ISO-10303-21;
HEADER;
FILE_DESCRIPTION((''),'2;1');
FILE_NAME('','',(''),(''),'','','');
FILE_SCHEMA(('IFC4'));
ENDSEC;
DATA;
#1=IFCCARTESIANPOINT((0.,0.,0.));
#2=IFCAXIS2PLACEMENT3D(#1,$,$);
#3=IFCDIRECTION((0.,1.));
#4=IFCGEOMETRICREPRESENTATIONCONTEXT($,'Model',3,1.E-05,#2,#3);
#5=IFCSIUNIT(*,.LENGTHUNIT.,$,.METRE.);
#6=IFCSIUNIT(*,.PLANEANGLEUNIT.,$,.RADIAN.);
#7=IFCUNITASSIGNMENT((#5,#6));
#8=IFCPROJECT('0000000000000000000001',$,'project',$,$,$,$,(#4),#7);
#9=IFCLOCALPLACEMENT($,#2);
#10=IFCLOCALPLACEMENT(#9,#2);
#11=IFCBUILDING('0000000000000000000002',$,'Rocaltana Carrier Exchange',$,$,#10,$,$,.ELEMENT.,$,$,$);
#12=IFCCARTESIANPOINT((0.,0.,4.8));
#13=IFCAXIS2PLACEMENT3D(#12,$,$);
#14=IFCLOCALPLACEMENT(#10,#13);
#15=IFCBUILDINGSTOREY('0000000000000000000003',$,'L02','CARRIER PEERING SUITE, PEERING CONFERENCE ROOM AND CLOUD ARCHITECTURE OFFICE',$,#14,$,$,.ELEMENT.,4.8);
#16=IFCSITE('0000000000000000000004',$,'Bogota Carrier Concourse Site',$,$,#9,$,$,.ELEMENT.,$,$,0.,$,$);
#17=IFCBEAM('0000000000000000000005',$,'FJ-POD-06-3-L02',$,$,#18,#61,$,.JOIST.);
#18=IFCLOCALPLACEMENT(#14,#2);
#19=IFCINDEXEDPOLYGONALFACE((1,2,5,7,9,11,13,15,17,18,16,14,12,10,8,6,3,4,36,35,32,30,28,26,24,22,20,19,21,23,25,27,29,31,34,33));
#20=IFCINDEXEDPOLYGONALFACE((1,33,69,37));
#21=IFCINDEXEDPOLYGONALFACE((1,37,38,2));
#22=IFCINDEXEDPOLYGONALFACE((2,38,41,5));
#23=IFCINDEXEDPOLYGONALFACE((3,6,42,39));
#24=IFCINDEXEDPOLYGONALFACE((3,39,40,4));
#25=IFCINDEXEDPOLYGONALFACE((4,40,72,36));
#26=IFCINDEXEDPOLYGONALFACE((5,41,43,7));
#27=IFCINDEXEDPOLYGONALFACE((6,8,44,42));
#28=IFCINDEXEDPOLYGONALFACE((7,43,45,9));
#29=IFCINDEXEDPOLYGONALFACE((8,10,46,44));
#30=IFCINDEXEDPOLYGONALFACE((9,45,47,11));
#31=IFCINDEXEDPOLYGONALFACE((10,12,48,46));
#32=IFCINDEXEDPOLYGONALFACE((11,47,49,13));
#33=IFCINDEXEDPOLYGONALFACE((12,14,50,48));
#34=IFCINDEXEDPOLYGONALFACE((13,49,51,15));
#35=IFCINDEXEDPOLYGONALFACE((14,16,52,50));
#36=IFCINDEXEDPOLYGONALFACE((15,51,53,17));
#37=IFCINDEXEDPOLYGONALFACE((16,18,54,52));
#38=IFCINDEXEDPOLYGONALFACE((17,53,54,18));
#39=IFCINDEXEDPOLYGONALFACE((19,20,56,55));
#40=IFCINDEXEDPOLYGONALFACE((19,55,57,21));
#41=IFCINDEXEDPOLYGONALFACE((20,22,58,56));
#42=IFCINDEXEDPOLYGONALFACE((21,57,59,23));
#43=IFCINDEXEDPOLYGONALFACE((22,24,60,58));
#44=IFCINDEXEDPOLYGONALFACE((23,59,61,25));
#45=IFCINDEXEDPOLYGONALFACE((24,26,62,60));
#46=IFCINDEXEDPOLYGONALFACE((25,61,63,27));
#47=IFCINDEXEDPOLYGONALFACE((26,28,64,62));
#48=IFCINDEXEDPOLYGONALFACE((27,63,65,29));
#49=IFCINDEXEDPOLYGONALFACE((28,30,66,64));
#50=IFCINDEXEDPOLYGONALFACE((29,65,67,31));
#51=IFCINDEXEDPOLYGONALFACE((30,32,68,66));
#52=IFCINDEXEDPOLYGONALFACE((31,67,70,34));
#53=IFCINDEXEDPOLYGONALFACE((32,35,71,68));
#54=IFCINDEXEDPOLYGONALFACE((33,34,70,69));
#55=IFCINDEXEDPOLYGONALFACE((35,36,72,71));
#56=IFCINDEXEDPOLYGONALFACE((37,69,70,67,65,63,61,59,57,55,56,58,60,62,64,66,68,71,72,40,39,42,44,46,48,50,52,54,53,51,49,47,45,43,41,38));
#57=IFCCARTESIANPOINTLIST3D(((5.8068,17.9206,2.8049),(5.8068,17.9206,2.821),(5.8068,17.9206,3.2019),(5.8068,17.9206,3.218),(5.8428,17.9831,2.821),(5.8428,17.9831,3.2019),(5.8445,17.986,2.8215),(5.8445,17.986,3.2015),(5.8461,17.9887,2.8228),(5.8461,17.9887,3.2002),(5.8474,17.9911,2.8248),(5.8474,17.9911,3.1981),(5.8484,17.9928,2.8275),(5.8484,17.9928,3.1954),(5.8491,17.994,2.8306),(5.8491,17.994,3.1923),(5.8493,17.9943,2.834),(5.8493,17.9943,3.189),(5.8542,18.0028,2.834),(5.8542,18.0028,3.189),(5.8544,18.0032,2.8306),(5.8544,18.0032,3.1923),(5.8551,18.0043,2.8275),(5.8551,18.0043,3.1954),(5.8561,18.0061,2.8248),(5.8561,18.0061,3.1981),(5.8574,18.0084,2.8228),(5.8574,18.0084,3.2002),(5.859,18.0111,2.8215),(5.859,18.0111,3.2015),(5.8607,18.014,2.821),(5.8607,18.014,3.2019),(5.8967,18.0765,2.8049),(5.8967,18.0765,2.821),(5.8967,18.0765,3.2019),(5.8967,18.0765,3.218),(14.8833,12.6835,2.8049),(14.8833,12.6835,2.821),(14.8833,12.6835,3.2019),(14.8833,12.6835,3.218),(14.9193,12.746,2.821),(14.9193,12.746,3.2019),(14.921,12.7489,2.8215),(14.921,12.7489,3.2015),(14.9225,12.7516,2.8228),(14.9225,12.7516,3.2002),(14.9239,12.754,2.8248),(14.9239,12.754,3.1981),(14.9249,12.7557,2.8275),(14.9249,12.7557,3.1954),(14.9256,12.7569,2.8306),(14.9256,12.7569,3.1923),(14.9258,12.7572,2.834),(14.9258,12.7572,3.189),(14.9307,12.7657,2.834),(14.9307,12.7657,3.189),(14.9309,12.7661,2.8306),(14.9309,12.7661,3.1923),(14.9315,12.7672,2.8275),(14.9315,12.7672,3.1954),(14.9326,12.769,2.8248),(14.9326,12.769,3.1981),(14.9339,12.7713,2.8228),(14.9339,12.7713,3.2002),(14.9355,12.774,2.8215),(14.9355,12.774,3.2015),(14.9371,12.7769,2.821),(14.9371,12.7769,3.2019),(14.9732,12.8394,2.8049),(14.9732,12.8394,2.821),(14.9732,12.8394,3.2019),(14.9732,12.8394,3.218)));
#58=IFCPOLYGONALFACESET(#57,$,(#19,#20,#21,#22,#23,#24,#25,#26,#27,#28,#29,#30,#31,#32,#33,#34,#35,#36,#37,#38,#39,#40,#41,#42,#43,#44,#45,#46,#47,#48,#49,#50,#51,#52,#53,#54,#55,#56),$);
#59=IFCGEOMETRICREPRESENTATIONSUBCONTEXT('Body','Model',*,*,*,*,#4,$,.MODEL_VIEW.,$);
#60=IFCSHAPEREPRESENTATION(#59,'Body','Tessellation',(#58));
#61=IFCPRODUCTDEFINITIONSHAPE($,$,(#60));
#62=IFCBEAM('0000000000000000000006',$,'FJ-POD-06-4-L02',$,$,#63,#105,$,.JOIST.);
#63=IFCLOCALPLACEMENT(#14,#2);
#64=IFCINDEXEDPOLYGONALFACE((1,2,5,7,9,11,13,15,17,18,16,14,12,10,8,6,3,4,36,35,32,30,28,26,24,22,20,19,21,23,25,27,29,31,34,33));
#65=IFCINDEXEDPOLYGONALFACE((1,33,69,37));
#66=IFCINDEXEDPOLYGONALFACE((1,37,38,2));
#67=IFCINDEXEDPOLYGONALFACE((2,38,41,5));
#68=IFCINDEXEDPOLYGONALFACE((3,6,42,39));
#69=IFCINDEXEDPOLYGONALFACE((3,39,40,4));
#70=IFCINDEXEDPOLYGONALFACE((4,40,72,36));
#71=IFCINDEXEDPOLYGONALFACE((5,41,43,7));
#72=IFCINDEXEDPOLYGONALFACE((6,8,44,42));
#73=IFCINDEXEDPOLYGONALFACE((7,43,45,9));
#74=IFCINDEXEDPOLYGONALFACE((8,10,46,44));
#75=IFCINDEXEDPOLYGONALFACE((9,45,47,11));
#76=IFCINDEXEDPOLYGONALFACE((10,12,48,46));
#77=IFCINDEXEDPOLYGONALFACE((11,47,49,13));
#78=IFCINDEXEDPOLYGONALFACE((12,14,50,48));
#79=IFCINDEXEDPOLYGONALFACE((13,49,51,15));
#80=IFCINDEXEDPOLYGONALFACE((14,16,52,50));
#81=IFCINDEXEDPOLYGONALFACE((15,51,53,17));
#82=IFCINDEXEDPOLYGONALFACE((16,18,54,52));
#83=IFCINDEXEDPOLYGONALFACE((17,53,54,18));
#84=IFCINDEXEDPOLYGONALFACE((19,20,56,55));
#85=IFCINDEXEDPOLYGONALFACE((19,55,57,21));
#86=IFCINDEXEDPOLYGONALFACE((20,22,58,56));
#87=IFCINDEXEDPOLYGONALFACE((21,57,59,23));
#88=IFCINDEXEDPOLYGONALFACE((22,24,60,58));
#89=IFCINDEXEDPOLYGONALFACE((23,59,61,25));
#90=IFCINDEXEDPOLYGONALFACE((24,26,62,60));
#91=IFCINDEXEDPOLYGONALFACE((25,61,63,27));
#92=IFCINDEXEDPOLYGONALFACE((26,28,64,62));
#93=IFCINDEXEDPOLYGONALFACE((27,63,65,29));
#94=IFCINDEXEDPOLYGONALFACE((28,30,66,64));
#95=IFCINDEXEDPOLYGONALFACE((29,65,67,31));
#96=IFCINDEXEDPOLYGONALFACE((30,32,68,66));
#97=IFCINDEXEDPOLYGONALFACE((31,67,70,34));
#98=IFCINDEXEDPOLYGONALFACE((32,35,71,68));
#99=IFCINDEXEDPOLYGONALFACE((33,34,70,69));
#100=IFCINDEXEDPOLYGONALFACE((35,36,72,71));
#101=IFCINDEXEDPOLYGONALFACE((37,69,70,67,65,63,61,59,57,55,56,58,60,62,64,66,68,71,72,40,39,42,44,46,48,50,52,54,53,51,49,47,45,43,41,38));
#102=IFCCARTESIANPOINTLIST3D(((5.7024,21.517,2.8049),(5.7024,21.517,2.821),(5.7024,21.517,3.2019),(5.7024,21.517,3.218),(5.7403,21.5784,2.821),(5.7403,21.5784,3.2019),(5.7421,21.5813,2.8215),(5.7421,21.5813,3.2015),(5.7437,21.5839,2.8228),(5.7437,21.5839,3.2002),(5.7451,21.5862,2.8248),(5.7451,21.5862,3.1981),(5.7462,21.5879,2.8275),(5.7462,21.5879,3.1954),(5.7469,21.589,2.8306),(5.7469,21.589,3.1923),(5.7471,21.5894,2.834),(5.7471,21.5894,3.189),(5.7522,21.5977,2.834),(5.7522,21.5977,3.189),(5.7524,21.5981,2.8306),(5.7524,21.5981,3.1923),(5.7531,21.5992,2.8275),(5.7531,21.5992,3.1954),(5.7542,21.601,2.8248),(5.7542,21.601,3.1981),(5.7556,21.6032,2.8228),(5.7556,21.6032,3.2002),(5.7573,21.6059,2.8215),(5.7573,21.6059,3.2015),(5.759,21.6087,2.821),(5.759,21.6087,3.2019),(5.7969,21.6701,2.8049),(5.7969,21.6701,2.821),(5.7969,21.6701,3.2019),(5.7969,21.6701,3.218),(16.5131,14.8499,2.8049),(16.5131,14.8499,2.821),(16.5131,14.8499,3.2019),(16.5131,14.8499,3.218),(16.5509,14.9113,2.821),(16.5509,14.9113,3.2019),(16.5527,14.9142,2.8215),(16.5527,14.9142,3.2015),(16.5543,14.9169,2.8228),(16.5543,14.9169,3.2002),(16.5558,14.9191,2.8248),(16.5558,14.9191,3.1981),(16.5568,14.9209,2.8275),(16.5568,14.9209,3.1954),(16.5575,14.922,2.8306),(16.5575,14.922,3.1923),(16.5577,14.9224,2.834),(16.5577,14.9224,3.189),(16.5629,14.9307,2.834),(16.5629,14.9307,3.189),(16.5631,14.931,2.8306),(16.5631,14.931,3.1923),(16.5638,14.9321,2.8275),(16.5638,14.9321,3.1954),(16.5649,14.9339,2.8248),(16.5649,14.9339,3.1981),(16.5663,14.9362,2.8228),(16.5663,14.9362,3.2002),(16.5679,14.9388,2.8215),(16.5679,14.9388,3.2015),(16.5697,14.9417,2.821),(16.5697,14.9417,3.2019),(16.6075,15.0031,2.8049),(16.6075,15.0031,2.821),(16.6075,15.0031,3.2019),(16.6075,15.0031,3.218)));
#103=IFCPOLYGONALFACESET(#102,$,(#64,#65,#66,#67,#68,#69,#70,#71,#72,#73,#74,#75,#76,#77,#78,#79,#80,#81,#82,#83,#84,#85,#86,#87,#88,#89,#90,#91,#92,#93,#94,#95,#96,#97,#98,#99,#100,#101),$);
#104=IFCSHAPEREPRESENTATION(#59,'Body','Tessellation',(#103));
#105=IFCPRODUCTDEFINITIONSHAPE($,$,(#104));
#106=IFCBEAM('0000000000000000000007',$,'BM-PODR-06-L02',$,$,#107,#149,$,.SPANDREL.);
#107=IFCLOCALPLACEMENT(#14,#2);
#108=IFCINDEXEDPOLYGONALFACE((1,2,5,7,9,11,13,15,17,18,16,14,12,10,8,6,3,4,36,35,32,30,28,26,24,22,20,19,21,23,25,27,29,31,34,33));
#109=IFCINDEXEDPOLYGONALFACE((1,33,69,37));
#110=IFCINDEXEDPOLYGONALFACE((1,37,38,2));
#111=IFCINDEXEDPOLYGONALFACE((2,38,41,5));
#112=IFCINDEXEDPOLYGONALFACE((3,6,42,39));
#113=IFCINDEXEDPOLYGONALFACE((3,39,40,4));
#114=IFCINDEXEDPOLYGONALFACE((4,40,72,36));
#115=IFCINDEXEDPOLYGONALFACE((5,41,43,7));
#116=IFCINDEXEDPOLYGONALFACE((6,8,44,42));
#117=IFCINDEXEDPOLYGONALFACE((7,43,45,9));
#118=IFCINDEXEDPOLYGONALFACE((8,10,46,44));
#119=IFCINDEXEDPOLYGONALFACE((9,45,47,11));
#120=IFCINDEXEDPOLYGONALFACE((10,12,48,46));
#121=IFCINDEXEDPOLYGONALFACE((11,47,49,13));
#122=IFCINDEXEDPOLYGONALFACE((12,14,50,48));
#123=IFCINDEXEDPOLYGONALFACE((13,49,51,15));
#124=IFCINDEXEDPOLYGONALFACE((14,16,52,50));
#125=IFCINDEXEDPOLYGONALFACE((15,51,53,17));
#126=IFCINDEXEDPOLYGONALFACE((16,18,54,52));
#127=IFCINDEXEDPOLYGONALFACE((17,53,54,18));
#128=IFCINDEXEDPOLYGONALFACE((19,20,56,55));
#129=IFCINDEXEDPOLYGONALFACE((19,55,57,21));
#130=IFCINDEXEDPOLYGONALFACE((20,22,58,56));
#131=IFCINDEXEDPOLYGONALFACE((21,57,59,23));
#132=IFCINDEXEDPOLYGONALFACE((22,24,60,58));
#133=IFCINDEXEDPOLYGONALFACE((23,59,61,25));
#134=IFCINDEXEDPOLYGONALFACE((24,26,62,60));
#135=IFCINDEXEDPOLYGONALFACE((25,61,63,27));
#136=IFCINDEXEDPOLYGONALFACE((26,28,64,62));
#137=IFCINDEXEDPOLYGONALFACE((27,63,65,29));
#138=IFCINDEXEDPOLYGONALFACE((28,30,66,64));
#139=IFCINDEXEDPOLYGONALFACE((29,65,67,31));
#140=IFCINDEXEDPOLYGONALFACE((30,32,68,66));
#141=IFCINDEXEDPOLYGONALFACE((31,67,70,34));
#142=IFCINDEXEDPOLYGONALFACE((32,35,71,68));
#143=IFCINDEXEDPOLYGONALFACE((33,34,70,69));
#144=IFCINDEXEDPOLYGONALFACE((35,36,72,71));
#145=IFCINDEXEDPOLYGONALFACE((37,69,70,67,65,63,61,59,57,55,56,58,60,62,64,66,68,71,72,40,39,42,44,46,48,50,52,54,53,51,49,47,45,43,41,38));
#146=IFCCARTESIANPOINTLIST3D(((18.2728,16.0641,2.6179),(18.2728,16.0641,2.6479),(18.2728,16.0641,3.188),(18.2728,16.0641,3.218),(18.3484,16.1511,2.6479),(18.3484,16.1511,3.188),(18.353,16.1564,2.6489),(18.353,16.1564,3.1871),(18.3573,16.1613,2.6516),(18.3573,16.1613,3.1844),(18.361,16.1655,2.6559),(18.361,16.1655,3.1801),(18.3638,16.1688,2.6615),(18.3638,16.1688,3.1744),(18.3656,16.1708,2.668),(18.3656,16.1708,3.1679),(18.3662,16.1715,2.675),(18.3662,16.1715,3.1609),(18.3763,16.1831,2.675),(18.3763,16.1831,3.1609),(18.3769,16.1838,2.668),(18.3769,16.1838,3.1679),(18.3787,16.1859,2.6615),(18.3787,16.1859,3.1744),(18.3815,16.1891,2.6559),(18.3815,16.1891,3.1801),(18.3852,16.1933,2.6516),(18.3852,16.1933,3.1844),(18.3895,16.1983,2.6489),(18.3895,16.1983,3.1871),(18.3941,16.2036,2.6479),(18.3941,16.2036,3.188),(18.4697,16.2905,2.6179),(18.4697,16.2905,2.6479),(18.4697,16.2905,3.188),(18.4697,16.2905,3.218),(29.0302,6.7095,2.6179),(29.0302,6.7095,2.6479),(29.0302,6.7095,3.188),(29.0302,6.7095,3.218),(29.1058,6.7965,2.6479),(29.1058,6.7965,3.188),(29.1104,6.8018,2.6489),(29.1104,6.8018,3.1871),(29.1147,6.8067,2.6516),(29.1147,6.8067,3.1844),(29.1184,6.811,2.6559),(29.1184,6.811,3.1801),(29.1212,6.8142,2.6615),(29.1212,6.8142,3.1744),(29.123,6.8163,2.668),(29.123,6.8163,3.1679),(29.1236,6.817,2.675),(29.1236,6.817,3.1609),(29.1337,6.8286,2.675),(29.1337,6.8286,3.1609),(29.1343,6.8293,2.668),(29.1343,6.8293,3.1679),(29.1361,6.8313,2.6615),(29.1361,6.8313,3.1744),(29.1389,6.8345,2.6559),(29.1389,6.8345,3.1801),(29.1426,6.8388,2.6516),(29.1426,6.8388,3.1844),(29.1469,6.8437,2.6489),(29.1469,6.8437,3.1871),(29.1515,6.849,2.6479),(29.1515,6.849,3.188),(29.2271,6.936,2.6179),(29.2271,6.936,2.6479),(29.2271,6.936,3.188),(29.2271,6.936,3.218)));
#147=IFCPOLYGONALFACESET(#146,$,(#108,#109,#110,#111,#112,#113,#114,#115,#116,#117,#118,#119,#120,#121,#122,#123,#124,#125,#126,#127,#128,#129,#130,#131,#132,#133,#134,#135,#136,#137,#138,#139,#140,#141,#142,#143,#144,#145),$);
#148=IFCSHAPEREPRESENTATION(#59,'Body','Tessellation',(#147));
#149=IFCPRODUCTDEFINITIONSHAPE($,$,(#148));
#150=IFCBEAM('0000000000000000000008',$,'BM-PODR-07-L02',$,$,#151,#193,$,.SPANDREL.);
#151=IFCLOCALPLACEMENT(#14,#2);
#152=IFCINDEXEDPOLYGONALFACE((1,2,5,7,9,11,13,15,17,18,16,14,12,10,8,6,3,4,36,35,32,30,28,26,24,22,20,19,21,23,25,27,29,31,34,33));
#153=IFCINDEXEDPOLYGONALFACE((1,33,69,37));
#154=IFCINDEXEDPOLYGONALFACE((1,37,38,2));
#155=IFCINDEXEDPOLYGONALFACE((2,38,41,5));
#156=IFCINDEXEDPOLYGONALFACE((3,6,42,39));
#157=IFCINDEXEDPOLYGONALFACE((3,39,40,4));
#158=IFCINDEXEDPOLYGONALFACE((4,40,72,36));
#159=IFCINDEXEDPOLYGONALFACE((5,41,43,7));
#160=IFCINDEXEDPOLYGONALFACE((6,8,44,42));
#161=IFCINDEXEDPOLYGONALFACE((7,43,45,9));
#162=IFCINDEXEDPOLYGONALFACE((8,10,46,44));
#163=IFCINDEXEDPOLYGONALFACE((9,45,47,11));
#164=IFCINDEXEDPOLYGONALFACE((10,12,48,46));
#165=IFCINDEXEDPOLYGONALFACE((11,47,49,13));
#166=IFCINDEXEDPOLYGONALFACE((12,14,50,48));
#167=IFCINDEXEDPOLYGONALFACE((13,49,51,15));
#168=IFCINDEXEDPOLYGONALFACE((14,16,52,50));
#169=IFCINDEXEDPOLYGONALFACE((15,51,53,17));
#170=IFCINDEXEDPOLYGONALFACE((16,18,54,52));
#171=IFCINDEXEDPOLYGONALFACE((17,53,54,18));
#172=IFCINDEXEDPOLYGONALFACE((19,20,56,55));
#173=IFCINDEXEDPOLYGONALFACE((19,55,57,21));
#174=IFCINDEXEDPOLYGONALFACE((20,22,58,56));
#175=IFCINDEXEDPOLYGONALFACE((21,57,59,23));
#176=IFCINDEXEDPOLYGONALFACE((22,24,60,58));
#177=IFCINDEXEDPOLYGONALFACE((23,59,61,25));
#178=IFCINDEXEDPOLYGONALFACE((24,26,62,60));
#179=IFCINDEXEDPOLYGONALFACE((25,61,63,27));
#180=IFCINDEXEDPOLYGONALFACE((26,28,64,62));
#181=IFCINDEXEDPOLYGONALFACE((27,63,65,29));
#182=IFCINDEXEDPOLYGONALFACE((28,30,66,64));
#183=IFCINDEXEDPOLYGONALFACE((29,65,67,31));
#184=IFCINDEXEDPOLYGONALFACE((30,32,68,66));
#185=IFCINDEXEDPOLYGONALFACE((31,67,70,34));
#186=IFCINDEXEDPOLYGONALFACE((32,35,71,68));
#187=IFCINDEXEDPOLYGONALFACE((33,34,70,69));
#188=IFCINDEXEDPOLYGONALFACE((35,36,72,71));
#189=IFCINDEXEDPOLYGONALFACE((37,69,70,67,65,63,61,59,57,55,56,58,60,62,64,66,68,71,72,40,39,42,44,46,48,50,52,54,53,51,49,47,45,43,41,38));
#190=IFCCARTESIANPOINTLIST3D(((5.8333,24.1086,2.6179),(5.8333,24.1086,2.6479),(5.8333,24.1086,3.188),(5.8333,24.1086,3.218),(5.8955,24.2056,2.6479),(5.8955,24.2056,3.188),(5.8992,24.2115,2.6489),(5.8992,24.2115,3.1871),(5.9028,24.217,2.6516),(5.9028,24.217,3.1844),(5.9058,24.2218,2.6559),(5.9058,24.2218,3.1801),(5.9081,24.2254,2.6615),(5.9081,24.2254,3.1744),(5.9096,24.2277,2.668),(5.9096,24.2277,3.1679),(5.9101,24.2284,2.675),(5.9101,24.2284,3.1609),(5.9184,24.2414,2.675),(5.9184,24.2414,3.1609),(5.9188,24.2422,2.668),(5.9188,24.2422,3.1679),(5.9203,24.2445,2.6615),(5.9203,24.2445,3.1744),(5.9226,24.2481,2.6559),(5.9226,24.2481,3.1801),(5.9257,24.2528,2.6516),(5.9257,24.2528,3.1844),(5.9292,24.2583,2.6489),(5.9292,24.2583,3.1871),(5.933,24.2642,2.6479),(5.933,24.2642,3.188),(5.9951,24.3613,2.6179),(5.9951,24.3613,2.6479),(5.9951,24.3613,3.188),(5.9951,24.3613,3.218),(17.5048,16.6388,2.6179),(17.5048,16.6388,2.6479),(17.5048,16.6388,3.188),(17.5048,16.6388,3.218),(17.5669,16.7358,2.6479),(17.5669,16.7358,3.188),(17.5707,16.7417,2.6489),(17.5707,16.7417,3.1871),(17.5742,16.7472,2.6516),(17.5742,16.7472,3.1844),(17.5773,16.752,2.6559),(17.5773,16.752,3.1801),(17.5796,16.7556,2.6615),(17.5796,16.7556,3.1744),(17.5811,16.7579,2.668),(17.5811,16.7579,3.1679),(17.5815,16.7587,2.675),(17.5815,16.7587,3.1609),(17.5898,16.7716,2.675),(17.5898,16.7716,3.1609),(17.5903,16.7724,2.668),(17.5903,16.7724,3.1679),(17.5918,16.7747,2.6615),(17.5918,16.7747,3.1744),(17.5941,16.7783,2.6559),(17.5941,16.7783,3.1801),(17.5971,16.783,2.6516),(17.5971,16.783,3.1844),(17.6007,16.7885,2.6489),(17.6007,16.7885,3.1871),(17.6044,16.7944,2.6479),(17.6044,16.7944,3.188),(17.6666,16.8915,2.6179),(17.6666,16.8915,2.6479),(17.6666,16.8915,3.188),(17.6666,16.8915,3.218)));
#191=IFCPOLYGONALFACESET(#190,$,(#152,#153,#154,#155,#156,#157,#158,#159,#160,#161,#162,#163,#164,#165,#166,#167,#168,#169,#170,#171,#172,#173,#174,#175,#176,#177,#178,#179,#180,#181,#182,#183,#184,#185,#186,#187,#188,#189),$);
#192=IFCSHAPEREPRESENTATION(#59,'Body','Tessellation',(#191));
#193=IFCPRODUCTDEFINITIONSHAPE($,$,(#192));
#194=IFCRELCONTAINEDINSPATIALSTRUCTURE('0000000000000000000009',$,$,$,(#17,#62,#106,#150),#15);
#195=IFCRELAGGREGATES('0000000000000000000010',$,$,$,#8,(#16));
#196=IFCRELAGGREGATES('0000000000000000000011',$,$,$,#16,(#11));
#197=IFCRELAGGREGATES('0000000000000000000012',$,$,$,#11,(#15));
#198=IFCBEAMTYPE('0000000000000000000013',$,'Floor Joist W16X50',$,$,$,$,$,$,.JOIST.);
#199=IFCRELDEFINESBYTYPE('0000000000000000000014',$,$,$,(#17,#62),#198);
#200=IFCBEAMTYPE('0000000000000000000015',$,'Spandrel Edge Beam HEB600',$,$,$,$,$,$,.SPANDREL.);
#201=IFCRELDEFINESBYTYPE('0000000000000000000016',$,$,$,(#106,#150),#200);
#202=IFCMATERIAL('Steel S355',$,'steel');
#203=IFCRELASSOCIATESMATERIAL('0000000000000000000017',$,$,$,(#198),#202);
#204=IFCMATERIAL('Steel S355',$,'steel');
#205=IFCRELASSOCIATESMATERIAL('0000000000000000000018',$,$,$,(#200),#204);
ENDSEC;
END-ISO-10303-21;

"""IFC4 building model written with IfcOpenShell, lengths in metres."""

from ifc_helpers import new_model, si_unit, direction, frame, origin, origin_2d, place, context, subcontext, project, spatial, i_section, extrude, material, material_profile, profile_set, type_object, element, save


model = new_model("IFC4")

# Units and contexts
model_context = context("Model", 3, precision=1e-05, world=origin(), true_north=direction((0.0, 1.0)))
body_context = subcontext(model_context, "Body", "Model", "MODEL_VIEW")
ifc_project = project(units=[si_unit("LENGTHUNIT", "METRE"), si_unit("PLANEANGLEUNIT", "RADIAN")], contexts=[model_context])

# Site, building, storey
site_placement = place(None, origin())
site = spatial("IfcSite", under=ifc_project, at=site_placement, Name="Bogota Carrier Concourse Site", CompositionType="ELEMENT", RefElevation=0.0)
building_placement = place(site_placement, origin())
building = spatial("IfcBuilding", under=site, at=building_placement, Name="Rocaltana Carrier Exchange", CompositionType="ELEMENT")
storey_placement = place(building_placement, frame((0.0, 0.0, 4.8)))
storey = spatial("IfcBuildingStorey", under=building, at=storey_placement, Name="L02", Description="CARRIER PEERING SUITE, PEERING CONFERENCE ROOM AND CLOUD ARCHITECTURE OFFICE", CompositionType="ELEMENT", Elevation=4.8)

# Beams
ifc_material_1 = material(Name="Steel S355", Category="steel")
ifc_material_profile_1 = material_profile(ifc_material_1, i_section(OverallWidth=0.1799, OverallDepth=0.4131, WebThickness=0.0098, FlangeThickness=0.0161, FilletRadius=0.0129, at=origin_2d()), Name="W16X50")
ifc_profile_set_1 = profile_set([ifc_material_profile_1], Name="Steel S355")
beam_type_1 = type_object("IfcBeamType", Name="Floor Joist W16X50", PredefinedType="JOIST", material=ifc_profile_set_1)
beam_1_placement = place(storey_placement, frame((14.9282, 12.7615, 3.0115), z_axis=(-0.866158, 0.49977, 0.0), x_axis=(-0.49977, -0.866158, 0.0)))
element("IfcBeam", 1, at=beam_1_placement, inside=storey, type_object=beam_type_1, Name="FJ-POD-06-3-L02", PredefinedType="JOIST", context=body_context, shape_type="SweptSolid", body=[
    extrude(i_section(OverallWidth=0.1799, OverallDepth=0.4131, WebThickness=0.0098, FlangeThickness=0.0161, FilletRadius=0.0129, at=origin_2d()), origin(), (0.0, 0.0, 1.0), 10.479),
])
beam_2_placement = place(storey_placement, frame((16.5603, 14.9265, 3.0115), z_axis=(-0.851154, 0.524917, 0.0), x_axis=(-0.524917, -0.851154, 0.0)))
element("IfcBeam", 2, at=beam_2_placement, inside=storey, type_object=beam_type_1, Name="FJ-POD-06-4-L02", PredefinedType="JOIST", context=body_context, shape_type="SweptSolid", body=[
    extrude(i_section(OverallWidth=0.1799, OverallDepth=0.4131, WebThickness=0.0098, FlangeThickness=0.0161, FilletRadius=0.0129, at=origin_2d()), origin(), (0.0, 0.0, 1.0), 12.7012),
])
ifc_material_2 = material(Name="Steel S355", Category="steel")
ifc_material_profile_2 = material_profile(ifc_material_2, i_section(OverallWidth=0.3, OverallDepth=0.6001, WebThickness=0.0154, FlangeThickness=0.03, FilletRadius=0.0271, at=origin_2d()), Name="HEB600")
ifc_profile_set_2 = profile_set([ifc_material_profile_2], Name="Steel S355")
beam_type_2 = type_object("IfcBeamType", Name="Spandrel Edge Beam HEB600", PredefinedType="SPANDREL", material=ifc_profile_set_2)
beam_3_placement = place(storey_placement, frame((29.1287, 6.8228, 2.918), z_axis=(-0.754595, 0.656191, 0.0), x_axis=(-0.656191, -0.754595, 0.0)))
element("IfcBeam", 3, at=beam_3_placement, inside=storey, type_object=beam_type_2, Name="BM-PODR-06-L02", PredefinedType="SPANDREL", context=body_context, shape_type="SweptSolid", body=[
    extrude(i_section(OverallWidth=0.3, OverallDepth=0.6001, WebThickness=0.0154, FlangeThickness=0.03, FilletRadius=0.0271, at=origin_2d()), origin(), (0.0, 0.0, 1.0), 14.2559),
])
beam_4_placement = place(storey_placement, frame((17.5857, 16.7651, 2.918), z_axis=(-0.84227, 0.539056, 0.0), x_axis=(-0.539056, -0.84227, 0.0)))
element("IfcBeam", 4, at=beam_4_placement, inside=storey, type_object=beam_type_2, Name="BM-PODR-07-L02", PredefinedType="SPANDREL", context=body_context, shape_type="SweptSolid", body=[
    extrude(i_section(OverallWidth=0.3, OverallDepth=0.6001, WebThickness=0.0154, FlangeThickness=0.03, FilletRadius=0.0271, at=origin_2d()), origin(), (0.0, 0.0, 1.0), 13.8572),
])

save(model, "model.ifc")
